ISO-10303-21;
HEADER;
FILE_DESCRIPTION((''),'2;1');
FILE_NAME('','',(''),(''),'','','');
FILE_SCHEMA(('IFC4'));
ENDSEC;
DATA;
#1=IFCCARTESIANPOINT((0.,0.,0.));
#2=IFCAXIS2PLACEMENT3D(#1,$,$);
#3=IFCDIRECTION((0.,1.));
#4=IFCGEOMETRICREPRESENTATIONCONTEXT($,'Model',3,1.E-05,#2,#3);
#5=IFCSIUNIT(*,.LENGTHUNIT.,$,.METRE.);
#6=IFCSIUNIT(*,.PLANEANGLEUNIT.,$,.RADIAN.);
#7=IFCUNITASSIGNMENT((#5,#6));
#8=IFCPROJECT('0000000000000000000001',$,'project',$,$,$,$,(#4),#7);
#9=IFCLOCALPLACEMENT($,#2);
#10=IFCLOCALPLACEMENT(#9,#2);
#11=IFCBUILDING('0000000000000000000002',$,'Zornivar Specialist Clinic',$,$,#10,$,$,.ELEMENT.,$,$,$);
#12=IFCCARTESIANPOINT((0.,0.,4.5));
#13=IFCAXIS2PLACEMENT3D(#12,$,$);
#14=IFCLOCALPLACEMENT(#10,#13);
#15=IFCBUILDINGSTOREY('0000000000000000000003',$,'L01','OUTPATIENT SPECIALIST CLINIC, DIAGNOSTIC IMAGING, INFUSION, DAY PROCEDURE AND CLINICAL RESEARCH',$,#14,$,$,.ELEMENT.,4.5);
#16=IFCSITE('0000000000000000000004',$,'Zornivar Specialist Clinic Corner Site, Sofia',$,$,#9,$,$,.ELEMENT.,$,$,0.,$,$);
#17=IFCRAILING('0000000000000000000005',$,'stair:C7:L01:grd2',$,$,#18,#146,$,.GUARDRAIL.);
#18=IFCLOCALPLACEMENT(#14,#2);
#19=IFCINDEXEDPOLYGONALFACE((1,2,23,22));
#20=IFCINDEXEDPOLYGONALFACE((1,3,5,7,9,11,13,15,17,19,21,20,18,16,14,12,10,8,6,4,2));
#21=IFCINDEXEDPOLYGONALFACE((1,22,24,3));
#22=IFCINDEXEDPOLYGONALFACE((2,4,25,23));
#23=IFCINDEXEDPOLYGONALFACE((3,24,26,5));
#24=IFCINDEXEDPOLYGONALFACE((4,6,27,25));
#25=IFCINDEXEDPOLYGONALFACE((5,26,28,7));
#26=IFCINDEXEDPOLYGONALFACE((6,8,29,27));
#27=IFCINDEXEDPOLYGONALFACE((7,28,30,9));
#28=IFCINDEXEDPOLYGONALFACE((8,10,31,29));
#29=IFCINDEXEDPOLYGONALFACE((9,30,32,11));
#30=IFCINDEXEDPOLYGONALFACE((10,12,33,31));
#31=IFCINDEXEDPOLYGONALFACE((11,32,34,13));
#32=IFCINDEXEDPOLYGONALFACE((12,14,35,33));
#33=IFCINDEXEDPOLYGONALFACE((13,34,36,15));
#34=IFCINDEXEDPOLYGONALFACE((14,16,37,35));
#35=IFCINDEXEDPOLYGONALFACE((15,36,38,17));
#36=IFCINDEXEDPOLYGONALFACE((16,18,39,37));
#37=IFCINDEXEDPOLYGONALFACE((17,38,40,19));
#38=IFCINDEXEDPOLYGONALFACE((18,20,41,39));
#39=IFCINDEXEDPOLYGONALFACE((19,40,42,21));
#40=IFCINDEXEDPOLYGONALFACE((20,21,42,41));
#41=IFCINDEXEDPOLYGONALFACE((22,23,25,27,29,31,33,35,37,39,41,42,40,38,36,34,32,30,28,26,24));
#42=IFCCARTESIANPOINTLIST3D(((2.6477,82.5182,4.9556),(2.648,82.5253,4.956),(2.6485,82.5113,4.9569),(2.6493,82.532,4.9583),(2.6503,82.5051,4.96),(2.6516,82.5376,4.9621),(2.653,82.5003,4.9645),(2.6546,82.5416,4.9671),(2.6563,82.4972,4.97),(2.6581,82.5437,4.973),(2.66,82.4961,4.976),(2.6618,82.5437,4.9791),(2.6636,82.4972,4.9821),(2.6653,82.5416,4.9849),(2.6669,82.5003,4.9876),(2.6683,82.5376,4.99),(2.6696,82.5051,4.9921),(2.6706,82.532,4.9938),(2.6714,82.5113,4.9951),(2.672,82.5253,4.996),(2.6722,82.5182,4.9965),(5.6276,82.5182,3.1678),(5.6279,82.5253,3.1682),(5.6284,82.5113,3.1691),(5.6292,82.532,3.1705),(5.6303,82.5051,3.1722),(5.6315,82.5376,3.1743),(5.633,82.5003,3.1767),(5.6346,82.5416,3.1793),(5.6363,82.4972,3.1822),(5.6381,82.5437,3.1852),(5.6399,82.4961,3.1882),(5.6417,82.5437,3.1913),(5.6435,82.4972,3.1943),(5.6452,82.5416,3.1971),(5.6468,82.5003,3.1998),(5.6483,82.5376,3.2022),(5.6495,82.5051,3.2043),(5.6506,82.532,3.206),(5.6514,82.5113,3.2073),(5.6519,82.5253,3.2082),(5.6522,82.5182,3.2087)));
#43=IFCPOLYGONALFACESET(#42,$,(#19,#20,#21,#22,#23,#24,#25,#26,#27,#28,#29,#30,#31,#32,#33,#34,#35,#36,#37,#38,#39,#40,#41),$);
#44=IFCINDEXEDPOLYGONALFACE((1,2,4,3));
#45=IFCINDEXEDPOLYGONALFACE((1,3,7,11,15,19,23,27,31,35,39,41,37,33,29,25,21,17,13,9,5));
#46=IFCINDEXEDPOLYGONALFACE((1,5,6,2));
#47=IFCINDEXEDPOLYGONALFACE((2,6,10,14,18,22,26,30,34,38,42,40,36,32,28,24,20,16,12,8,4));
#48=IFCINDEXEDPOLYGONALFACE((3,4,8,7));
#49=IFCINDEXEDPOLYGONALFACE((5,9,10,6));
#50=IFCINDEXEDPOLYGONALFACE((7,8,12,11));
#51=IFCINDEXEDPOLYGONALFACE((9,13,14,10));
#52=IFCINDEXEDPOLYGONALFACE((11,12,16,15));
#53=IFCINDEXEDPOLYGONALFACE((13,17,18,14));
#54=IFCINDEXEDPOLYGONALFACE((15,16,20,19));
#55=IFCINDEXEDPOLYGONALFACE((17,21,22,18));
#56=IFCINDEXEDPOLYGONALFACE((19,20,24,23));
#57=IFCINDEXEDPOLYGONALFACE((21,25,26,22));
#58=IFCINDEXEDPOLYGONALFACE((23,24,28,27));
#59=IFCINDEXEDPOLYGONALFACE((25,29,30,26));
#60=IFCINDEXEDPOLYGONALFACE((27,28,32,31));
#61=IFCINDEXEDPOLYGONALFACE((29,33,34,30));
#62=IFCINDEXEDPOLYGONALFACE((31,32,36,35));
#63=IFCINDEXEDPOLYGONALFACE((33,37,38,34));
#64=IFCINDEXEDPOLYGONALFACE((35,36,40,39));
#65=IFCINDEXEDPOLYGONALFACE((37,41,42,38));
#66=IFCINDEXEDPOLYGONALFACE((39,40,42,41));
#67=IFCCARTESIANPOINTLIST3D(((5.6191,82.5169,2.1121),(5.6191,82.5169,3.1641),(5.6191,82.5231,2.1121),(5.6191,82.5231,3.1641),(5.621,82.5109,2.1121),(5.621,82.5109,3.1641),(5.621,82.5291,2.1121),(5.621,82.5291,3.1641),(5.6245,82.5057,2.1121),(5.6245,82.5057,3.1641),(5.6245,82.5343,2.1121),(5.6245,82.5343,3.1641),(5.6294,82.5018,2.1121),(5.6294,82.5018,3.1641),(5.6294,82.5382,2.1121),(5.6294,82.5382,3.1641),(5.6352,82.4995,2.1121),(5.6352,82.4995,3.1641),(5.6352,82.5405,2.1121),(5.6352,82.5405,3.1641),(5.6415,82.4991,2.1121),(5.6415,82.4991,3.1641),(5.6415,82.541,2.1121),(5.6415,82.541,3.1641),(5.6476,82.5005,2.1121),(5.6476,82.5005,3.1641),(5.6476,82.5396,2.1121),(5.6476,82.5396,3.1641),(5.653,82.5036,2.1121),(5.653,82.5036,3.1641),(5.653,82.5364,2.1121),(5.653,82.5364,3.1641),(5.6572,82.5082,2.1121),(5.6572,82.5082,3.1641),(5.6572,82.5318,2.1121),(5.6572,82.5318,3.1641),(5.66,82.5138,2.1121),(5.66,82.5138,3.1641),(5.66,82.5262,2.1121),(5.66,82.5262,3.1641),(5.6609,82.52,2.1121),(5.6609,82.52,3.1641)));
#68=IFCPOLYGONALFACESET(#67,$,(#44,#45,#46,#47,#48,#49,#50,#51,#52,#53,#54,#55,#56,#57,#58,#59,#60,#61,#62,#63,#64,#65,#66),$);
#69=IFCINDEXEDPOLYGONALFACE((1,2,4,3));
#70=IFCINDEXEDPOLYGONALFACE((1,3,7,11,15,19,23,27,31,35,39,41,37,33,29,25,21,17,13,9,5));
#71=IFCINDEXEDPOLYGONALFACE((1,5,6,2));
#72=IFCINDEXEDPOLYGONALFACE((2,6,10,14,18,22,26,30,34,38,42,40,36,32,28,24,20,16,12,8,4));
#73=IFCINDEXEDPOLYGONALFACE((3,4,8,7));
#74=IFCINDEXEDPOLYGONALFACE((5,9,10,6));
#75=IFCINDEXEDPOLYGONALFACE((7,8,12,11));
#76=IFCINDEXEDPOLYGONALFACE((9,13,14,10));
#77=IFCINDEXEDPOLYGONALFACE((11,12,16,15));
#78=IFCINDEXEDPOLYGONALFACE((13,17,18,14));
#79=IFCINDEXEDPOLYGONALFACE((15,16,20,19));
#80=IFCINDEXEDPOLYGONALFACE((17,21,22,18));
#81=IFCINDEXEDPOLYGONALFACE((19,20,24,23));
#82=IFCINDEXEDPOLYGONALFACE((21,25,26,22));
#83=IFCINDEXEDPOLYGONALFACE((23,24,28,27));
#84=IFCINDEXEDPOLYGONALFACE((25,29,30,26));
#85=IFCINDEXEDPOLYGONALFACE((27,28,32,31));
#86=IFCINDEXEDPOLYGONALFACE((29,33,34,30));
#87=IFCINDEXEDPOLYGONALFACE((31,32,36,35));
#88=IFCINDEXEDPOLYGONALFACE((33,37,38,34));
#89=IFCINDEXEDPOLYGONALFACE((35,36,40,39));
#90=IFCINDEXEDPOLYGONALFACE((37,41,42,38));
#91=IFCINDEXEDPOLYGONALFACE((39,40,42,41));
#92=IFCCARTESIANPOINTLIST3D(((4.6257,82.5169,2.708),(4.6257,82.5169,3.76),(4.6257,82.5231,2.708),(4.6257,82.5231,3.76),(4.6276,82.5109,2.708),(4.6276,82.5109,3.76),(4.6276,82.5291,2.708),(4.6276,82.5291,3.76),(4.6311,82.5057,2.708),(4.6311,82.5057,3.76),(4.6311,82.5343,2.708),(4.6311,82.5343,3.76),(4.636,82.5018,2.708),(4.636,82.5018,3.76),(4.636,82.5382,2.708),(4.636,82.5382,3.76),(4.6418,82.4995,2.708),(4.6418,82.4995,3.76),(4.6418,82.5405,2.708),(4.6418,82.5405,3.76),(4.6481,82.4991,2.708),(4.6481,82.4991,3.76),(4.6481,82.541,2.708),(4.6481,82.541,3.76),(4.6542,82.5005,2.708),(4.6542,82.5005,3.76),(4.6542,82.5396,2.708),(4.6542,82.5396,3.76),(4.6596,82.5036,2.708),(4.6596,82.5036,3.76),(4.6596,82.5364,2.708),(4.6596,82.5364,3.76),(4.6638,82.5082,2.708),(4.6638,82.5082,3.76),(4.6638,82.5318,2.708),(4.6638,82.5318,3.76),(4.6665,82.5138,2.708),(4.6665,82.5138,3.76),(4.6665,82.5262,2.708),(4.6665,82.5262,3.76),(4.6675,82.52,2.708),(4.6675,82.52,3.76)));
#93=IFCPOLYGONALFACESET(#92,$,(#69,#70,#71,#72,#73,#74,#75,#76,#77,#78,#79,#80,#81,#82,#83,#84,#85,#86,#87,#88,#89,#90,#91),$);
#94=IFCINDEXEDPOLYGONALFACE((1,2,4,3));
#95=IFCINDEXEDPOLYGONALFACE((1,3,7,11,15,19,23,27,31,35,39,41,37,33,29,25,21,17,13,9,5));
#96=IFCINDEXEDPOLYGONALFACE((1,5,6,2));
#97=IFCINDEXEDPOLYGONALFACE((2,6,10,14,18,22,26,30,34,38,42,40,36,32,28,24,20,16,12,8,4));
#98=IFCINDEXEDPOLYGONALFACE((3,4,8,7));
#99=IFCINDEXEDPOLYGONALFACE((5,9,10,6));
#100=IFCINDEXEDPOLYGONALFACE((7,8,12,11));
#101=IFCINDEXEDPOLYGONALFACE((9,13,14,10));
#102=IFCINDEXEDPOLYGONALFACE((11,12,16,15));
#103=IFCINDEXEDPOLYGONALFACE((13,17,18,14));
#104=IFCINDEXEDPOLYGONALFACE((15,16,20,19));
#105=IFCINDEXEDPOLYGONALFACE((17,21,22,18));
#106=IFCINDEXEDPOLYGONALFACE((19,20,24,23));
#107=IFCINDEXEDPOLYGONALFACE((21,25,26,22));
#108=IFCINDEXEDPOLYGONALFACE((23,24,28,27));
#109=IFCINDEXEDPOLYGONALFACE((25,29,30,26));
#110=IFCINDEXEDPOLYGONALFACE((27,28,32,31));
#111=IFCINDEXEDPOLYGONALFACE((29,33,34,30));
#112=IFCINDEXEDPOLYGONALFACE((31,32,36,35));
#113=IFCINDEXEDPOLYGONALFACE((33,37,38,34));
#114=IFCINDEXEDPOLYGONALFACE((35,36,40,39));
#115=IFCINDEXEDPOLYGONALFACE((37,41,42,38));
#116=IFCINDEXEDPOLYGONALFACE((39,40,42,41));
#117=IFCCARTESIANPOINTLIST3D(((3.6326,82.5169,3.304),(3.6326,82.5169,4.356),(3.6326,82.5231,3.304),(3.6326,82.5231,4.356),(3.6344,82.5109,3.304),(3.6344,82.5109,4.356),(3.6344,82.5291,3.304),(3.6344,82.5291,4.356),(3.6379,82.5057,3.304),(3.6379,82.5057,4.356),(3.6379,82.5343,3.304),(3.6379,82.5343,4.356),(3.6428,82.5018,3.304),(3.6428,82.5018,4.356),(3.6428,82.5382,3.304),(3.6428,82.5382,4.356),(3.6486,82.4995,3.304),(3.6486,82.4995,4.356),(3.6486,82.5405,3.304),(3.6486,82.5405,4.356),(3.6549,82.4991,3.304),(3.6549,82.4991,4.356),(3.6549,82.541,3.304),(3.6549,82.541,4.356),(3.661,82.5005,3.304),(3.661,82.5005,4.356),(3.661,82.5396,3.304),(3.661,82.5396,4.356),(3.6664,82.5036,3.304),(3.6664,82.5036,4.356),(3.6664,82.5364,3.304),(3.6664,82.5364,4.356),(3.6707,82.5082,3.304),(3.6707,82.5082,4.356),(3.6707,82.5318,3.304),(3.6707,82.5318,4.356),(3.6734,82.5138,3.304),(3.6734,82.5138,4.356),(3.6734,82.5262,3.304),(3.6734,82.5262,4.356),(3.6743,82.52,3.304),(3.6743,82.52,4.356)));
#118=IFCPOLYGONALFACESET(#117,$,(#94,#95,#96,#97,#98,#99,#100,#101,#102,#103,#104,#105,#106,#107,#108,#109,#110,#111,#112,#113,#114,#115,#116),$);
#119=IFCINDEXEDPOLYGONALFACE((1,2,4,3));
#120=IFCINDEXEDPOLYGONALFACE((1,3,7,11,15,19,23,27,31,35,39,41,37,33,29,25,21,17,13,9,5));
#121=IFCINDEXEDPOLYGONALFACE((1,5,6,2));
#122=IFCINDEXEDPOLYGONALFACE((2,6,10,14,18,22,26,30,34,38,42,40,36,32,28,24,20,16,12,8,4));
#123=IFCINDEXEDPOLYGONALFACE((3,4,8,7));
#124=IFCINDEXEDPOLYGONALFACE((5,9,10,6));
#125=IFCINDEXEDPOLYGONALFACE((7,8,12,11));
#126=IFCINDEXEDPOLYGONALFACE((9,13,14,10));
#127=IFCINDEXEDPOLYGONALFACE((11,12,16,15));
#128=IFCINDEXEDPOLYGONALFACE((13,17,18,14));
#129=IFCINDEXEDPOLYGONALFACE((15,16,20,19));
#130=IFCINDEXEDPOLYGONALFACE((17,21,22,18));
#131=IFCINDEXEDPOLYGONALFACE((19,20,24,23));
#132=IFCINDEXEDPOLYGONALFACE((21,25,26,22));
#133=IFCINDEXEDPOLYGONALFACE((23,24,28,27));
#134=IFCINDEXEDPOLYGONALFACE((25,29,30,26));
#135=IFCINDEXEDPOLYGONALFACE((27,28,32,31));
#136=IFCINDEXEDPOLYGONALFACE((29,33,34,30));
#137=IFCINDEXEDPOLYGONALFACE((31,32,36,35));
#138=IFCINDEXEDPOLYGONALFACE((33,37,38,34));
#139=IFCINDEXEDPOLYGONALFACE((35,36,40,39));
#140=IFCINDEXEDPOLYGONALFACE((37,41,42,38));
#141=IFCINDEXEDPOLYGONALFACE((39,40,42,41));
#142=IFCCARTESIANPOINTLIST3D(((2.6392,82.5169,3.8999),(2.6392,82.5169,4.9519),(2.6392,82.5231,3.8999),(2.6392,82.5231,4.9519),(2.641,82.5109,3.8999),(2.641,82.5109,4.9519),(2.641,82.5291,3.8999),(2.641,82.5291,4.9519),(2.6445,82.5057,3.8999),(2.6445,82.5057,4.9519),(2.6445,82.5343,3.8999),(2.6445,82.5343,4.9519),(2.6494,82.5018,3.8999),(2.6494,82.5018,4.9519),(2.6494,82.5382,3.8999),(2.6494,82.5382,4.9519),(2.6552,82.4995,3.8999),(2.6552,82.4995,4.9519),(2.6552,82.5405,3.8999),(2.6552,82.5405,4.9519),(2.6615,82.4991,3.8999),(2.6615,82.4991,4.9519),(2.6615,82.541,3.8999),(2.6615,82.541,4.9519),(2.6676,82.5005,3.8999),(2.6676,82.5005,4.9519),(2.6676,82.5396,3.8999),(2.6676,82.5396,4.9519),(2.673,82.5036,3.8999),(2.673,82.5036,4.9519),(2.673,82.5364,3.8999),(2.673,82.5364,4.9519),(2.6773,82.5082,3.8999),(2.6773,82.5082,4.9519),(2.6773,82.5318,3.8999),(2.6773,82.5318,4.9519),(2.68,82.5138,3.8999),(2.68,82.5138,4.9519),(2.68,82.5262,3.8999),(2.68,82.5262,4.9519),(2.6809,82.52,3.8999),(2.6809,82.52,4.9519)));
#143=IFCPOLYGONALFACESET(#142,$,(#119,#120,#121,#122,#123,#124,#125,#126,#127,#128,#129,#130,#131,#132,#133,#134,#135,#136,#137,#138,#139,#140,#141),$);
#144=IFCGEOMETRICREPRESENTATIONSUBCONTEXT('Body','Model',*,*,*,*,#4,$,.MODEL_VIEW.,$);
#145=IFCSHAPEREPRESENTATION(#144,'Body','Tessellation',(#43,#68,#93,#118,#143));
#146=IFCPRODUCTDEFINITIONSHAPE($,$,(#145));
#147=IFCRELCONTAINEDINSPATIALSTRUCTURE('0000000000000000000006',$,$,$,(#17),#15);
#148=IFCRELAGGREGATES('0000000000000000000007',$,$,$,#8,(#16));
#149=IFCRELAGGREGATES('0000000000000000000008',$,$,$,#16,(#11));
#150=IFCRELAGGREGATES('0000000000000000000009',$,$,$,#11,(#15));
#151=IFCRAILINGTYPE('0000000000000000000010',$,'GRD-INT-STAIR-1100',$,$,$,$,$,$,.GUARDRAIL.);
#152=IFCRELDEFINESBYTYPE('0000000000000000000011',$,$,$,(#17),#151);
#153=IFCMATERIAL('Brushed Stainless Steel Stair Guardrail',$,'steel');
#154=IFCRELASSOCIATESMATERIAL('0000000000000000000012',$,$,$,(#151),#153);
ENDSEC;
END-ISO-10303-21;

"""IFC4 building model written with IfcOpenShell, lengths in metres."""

from ifc_helpers import new_model, si_unit, direction, frame, origin, origin_2d, place, context, subcontext, project, spatial, circle, extrude, material, type_object, element, save


model = new_model("IFC4")

# Units and contexts
model_context = context("Model", 3, precision=1e-05, world=origin(), true_north=direction((0.0, 1.0)))
body_context = subcontext(model_context, "Body", "Model", "MODEL_VIEW")
ifc_project = project(units=[si_unit("LENGTHUNIT", "METRE"), si_unit("PLANEANGLEUNIT", "RADIAN")], contexts=[model_context])

# Site, building, storey
site_placement = place(None, origin())
site = spatial("IfcSite", under=ifc_project, at=site_placement, Name="Zornivar Specialist Clinic Corner Site, Sofia", CompositionType="ELEMENT", RefElevation=0.0)
building_placement = place(site_placement, origin())
building = spatial("IfcBuilding", under=site, at=building_placement, Name="Zornivar Specialist Clinic", CompositionType="ELEMENT")
storey_placement = place(building_placement, frame((0.0, 0.0, 4.5)))
storey = spatial("IfcBuildingStorey", under=building, at=storey_placement, Name="L01", Description="OUTPATIENT SPECIALIST CLINIC, DIAGNOSTIC IMAGING, INFUSION, DAY PROCEDURE AND CLINICAL RESEARCH", CompositionType="ELEMENT", Elevation=4.5)

# Railing
ifc_material_1 = material(Name="Brushed Stainless Steel Stair Guardrail", Category="steel")
railing_type_1 = type_object("IfcRailingType", Name="GRD-INT-STAIR-1100", PredefinedType="GUARDRAIL", material=ifc_material_1)
railing_1_placement = place(storey_placement, frame((5.6399, 82.52, 2.1121)))
element("IfcRailing", 1, at=railing_1_placement, inside=storey, type_object=railing_type_1, Name="stair:C7:L01:grd2", PredefinedType="GUARDRAIL", context=body_context, shape_type="SweptSolid", body=[
    extrude(circle(Radius=0.0239, at=origin_2d()), frame((0.0, 0.0, 1.0762), z_axis=(-0.857512, 0.0, 0.514465), x_axis=(0.0, -1.0, 0.0)), (0.0, 0.0, 1.0), 3.4751),
    extrude(circle(Radius=0.021, at=origin_2d()), origin(), (0.0, 0.0, 1.0), 1.052),
    extrude(circle(Radius=0.021, at=origin_2d()), frame((-0.9934, 0.0, 0.5959)), (0.0, 0.0, 1.0), 1.052),
    extrude(circle(Radius=0.021, at=origin_2d()), frame((-1.9866, 0.0, 1.1919)), (0.0, 0.0, 1.0), 1.052),
    extrude(circle(Radius=0.021, at=origin_2d()), frame((-2.98, 0.0, 1.7878)), (0.0, 0.0, 1.0), 1.052),
])

save(model, "model.ifc")
